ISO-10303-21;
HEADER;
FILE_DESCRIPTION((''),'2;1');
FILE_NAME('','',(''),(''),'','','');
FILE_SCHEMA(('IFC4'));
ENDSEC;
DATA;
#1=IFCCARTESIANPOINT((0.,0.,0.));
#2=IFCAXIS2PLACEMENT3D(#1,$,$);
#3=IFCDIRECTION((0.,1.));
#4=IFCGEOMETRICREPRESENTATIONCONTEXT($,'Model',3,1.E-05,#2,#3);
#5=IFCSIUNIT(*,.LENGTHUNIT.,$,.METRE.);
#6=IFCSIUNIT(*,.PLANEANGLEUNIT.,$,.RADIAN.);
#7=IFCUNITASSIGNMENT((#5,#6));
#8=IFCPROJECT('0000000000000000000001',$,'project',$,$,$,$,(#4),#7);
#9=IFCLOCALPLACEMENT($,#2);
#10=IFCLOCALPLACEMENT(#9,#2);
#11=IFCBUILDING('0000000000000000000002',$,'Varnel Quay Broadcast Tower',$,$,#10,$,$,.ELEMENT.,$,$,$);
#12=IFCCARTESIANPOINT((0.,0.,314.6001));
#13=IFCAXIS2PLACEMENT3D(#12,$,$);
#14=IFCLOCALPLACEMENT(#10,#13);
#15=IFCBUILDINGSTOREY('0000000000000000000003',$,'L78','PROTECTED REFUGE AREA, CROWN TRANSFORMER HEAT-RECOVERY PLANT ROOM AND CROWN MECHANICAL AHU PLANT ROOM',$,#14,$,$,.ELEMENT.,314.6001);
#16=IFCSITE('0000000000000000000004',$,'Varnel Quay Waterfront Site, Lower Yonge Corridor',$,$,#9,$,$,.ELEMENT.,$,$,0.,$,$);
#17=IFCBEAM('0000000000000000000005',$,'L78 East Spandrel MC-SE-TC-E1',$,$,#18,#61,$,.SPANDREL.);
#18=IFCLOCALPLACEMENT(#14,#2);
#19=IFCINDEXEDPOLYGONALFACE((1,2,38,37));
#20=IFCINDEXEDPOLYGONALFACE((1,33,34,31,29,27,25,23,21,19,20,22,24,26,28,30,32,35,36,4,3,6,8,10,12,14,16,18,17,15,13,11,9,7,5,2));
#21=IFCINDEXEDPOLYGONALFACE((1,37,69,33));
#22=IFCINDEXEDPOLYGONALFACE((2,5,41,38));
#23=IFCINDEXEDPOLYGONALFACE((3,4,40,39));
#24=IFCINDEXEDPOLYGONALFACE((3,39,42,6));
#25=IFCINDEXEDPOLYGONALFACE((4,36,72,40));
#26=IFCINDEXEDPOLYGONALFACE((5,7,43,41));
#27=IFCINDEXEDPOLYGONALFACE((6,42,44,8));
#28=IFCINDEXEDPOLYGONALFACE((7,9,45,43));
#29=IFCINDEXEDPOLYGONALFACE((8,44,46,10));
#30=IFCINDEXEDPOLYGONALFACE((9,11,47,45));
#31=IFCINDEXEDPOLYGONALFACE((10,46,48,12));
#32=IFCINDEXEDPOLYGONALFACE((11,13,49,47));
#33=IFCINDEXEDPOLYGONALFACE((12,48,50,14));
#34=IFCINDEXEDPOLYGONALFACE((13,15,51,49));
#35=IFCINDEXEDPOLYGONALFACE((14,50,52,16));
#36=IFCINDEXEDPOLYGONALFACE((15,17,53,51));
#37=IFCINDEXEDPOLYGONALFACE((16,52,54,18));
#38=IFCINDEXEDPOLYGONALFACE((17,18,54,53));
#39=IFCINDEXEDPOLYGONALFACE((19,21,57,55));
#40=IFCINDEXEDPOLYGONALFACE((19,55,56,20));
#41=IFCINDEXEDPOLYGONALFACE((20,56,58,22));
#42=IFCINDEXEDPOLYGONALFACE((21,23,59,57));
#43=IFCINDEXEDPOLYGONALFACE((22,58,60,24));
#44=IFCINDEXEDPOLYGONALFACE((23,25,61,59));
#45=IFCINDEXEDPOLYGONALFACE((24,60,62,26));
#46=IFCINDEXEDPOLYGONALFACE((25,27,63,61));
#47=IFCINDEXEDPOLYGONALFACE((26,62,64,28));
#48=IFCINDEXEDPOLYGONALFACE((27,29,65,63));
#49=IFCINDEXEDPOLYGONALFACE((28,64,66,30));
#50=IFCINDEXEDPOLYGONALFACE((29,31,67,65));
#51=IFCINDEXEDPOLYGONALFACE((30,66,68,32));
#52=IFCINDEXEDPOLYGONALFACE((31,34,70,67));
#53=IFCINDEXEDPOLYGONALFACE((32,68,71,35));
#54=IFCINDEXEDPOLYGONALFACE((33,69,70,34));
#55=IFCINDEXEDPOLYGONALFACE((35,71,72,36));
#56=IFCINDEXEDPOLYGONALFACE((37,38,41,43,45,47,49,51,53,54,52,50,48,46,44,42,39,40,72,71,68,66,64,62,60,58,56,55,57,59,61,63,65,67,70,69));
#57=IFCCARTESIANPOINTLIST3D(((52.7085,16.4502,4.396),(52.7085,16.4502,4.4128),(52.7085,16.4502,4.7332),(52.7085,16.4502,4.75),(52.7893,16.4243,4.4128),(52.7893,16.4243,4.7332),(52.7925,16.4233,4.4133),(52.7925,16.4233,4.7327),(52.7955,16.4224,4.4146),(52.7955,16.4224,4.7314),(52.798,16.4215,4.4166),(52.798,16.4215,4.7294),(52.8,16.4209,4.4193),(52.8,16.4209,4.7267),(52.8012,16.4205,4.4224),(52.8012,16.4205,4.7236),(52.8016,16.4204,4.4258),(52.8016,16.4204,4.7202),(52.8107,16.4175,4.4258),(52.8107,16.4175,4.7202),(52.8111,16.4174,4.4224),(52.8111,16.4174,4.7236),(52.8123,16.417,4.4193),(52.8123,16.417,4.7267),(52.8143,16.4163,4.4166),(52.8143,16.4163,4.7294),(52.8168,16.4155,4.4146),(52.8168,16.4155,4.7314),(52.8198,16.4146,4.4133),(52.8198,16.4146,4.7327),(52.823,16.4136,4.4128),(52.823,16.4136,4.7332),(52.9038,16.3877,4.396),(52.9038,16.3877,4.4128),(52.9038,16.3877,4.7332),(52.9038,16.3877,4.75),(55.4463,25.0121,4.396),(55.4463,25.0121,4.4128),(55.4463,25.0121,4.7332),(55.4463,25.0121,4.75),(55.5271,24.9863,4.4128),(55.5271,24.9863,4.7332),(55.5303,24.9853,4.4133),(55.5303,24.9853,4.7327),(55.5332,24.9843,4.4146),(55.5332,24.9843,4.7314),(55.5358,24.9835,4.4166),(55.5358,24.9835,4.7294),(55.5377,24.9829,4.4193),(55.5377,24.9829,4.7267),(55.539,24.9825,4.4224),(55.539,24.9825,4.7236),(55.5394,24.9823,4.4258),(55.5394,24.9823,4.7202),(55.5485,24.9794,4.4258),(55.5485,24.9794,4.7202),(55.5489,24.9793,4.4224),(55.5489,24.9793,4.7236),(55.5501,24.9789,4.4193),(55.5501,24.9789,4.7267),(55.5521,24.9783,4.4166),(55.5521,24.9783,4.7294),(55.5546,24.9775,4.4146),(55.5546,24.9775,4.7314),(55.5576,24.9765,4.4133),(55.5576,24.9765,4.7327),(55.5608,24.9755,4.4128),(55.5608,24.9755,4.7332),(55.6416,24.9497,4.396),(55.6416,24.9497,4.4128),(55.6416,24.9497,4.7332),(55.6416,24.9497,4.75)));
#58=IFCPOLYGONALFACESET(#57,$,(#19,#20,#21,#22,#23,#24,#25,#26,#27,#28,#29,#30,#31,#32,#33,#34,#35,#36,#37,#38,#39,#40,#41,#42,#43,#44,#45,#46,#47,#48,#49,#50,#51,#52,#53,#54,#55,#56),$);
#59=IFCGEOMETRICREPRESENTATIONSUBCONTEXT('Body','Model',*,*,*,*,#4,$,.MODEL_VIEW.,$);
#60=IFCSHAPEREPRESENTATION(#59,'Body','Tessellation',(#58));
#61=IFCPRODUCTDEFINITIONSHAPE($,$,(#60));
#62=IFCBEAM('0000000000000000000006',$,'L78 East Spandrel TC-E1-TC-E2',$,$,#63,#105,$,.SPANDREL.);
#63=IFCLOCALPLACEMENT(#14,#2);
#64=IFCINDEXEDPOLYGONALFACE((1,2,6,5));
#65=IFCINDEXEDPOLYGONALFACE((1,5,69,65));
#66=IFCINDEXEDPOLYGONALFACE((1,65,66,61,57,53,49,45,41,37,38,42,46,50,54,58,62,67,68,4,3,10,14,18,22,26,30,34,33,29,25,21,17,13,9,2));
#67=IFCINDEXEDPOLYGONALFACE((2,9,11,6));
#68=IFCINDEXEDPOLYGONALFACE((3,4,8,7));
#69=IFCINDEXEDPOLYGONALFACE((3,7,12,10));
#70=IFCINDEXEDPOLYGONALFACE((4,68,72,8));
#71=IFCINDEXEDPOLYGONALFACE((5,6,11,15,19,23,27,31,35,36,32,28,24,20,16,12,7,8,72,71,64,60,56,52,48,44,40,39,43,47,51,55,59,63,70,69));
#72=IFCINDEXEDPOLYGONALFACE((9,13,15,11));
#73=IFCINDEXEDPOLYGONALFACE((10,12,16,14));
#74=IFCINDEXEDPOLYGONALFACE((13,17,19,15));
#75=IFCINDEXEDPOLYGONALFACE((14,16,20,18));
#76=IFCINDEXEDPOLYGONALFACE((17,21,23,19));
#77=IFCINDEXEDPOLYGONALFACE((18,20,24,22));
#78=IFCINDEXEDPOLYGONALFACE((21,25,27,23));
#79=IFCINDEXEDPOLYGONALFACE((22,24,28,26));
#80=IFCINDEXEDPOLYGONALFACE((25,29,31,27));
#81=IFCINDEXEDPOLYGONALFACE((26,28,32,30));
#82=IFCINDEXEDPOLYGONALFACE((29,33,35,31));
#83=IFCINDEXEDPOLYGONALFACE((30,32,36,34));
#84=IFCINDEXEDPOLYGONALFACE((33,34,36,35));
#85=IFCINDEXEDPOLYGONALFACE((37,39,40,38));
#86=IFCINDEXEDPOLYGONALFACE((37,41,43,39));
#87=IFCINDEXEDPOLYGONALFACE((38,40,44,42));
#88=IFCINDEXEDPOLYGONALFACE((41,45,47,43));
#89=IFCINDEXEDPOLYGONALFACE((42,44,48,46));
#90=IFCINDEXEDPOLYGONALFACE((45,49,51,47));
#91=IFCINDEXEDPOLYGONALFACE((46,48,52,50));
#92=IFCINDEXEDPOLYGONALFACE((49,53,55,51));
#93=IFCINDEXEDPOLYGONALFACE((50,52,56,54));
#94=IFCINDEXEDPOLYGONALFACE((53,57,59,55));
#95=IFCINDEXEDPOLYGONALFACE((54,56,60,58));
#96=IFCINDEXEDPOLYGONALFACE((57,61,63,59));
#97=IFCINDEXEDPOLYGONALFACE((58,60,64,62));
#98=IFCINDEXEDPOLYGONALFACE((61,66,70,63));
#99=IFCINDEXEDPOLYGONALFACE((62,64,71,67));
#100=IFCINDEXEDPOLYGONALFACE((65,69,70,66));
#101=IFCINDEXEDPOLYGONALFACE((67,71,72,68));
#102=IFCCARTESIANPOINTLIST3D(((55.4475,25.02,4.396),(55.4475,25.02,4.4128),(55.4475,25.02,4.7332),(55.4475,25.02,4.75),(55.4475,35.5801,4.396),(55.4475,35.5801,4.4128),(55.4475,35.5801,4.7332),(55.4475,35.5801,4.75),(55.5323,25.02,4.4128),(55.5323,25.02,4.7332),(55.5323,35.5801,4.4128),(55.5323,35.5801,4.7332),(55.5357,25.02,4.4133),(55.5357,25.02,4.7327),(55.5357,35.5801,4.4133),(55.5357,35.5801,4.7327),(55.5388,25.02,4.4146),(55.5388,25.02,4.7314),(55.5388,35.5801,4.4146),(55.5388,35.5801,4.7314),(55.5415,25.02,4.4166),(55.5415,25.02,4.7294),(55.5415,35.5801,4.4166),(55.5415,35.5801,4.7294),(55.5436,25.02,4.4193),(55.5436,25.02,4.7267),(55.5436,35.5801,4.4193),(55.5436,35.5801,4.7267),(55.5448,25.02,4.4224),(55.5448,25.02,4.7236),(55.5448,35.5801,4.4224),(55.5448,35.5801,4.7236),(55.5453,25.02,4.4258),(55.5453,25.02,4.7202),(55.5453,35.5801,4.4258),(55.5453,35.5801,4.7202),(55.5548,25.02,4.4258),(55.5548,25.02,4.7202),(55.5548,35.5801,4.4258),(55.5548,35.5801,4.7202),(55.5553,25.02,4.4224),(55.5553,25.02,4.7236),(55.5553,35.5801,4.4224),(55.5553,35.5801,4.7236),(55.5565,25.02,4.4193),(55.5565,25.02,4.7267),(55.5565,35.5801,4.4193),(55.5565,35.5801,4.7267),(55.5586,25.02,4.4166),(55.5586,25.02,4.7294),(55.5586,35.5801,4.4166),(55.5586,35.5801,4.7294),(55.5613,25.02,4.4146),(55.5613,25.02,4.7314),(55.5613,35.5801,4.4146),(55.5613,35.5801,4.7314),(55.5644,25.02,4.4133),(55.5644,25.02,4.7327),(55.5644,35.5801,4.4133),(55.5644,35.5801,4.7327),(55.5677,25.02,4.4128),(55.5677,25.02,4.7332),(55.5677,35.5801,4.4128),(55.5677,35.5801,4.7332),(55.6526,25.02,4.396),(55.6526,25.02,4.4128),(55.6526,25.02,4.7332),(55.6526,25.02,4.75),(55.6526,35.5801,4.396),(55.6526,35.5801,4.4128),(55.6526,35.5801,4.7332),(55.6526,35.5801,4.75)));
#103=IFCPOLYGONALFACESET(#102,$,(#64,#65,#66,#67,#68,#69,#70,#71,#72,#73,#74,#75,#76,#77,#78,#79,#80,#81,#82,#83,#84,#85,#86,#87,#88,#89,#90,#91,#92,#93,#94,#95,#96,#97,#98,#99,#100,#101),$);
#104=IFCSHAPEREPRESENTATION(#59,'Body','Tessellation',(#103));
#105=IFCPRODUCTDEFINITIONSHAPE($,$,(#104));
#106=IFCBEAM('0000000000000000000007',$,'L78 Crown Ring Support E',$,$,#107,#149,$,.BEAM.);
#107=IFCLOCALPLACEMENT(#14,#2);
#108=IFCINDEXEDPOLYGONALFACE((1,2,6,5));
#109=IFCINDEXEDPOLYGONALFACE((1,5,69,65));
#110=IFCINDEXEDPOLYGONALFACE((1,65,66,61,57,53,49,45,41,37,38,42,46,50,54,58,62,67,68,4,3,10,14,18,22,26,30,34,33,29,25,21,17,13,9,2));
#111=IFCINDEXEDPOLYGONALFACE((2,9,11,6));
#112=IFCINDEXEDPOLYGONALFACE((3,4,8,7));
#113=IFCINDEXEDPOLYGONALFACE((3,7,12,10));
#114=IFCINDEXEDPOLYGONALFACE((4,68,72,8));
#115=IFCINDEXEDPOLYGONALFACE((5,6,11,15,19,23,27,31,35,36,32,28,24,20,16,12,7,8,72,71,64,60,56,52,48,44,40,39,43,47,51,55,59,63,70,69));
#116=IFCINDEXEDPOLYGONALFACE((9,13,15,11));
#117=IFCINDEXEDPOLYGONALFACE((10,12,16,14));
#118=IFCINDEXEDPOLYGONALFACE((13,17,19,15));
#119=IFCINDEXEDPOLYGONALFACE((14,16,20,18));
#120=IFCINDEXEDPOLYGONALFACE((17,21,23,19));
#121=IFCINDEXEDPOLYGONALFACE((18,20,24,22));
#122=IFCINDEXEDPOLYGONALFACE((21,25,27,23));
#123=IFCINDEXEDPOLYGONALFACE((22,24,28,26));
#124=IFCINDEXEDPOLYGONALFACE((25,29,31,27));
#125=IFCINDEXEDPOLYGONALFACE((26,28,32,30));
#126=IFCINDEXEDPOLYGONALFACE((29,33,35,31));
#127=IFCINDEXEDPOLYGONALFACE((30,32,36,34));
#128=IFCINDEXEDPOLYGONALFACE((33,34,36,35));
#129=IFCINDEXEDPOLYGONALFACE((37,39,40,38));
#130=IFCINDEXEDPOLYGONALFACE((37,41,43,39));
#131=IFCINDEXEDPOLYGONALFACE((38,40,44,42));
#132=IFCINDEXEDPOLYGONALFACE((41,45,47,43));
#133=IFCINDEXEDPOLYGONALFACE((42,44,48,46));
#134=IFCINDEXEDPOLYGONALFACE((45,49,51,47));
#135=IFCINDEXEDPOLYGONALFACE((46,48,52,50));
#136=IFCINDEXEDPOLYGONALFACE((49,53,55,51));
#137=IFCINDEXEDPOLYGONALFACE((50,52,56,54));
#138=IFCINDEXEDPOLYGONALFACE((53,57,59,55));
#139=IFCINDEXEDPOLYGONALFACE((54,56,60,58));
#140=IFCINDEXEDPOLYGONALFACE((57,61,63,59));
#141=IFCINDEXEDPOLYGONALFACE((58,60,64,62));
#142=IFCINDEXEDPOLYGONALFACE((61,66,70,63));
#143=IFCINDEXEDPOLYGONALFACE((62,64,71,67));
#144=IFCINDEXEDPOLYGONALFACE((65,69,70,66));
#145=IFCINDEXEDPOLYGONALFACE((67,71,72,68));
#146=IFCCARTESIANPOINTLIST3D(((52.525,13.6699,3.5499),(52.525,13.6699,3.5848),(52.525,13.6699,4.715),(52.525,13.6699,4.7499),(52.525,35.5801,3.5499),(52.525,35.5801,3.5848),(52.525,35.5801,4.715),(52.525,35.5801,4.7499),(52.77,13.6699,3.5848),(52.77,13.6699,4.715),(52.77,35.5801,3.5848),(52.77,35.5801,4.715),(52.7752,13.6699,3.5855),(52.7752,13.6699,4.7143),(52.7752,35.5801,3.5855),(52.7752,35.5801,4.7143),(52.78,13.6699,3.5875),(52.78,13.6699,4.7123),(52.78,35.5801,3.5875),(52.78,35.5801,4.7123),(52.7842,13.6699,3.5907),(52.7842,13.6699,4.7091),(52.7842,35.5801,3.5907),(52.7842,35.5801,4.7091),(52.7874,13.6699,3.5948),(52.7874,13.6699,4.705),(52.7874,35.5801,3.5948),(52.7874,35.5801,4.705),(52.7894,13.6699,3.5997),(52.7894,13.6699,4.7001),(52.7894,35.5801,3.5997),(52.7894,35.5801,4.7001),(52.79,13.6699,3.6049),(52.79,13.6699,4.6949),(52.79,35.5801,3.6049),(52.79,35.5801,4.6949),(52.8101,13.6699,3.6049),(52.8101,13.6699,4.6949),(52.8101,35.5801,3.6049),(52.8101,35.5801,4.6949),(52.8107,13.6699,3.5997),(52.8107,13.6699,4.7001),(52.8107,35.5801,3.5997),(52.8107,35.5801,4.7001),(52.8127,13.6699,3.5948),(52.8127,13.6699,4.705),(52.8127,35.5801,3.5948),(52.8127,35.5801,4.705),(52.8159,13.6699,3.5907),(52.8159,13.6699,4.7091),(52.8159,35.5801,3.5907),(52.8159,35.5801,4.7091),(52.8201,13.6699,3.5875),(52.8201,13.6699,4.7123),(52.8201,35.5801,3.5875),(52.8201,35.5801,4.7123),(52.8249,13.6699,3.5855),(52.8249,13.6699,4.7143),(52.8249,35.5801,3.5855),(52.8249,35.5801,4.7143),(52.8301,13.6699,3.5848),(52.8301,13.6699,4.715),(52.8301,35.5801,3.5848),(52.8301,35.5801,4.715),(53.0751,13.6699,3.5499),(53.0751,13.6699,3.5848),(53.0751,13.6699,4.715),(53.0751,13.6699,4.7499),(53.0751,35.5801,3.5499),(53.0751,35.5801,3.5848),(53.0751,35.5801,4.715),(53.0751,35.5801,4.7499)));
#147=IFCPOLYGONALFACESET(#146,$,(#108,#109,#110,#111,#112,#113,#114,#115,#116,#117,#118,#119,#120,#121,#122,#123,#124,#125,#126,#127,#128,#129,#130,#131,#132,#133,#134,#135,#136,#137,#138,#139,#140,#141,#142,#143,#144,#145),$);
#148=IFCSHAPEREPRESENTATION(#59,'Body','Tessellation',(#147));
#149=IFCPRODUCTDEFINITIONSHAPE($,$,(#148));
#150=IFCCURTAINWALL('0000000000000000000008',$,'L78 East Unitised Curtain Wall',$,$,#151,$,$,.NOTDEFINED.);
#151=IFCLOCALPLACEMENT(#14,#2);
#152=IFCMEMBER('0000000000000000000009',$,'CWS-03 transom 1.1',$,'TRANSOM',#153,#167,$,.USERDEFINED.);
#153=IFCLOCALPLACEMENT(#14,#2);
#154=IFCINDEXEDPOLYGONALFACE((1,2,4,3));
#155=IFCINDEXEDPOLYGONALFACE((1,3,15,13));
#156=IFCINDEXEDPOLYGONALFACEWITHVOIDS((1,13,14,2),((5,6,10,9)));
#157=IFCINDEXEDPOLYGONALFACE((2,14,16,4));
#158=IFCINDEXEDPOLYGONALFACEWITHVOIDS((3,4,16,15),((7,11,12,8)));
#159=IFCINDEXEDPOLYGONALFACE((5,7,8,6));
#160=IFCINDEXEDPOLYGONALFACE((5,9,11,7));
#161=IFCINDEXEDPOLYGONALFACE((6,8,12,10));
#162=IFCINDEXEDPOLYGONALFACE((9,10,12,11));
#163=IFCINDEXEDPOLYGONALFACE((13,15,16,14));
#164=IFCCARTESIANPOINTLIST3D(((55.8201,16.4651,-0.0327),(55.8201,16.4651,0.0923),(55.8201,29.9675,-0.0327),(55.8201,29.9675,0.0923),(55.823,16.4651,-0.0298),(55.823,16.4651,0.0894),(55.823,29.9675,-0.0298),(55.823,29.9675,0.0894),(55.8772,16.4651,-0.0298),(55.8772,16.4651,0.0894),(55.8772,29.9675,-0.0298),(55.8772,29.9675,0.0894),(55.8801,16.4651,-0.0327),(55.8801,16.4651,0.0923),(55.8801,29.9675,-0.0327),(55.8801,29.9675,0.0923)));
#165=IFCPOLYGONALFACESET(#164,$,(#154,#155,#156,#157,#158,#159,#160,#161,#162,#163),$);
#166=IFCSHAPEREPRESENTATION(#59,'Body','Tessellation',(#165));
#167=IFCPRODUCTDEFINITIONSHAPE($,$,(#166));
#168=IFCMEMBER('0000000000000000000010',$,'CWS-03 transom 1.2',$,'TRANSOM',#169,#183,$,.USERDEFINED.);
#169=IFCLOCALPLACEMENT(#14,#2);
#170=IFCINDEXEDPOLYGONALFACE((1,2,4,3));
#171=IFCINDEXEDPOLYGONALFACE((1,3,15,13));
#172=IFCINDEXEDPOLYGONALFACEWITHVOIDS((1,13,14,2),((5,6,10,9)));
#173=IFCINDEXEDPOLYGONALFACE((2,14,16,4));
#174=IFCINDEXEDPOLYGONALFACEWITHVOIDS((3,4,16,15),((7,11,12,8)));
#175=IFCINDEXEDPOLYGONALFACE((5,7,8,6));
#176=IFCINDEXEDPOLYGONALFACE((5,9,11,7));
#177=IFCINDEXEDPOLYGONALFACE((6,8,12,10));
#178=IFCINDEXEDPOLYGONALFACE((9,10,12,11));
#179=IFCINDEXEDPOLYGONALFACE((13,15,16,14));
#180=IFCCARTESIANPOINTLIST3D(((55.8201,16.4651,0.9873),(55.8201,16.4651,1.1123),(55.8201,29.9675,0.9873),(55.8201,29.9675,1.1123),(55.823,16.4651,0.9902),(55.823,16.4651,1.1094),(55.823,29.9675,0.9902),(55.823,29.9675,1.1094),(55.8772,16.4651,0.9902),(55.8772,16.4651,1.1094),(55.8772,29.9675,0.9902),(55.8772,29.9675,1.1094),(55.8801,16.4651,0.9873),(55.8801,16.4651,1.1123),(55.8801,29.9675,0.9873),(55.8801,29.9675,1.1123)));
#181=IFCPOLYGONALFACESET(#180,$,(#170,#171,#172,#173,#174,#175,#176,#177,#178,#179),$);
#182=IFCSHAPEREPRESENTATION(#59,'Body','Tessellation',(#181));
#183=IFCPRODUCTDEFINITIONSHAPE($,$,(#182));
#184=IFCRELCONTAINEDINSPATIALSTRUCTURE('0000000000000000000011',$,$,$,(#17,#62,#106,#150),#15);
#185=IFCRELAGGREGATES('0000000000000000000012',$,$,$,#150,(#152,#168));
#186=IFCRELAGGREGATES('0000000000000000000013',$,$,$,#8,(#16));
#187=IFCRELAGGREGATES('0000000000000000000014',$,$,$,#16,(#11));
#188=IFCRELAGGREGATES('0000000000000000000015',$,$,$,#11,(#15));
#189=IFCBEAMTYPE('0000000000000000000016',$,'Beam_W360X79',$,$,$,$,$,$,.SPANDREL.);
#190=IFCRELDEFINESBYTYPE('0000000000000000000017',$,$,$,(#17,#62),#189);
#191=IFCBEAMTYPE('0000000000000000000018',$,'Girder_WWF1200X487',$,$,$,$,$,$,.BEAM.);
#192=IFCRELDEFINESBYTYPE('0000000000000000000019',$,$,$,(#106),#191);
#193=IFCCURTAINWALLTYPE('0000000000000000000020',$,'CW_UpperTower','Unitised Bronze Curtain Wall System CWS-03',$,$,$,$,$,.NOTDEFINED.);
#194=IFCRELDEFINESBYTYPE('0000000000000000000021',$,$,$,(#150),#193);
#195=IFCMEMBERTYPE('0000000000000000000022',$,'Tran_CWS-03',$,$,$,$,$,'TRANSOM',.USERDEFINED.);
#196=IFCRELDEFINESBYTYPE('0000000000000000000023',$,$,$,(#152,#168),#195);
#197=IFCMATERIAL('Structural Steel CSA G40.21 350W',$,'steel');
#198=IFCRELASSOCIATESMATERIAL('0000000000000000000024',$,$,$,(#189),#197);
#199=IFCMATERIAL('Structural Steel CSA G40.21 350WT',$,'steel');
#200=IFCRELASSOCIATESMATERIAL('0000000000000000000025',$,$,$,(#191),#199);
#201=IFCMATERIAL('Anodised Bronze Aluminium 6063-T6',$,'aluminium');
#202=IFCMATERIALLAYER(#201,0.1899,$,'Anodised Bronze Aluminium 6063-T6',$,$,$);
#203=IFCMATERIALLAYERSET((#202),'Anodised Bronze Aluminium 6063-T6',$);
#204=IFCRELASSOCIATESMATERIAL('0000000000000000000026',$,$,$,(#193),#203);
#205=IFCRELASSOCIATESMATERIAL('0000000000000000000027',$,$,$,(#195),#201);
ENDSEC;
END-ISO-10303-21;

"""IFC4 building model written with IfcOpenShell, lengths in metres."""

from ifc_helpers import new_model, si_unit, direction, frame, origin, origin_2d, place, context, subcontext, project, spatial, hollow_rectangle, i_section, extrude, source, transform, mapped, material, layer, layer_set, material_profile, profile_set, type_object, type_shapes, element, aggregate, save


model = new_model("IFC4")

# Units and contexts
model_context = context("Model", 3, precision=1e-05, world=origin(), true_north=direction((0.0, 1.0)))
body_context = subcontext(model_context, "Body", "Model", "MODEL_VIEW")
ifc_project = project(units=[si_unit("LENGTHUNIT", "METRE"), si_unit("PLANEANGLEUNIT", "RADIAN")], contexts=[model_context])

# Site, building, storey
site_placement = place(None, origin())
site = spatial("IfcSite", under=ifc_project, at=site_placement, Name="Varnel Quay Waterfront Site, Lower Yonge Corridor", CompositionType="ELEMENT", RefElevation=0.0)
building_placement = place(site_placement, origin())
building = spatial("IfcBuilding", under=site, at=building_placement, Name="Varnel Quay Broadcast Tower", CompositionType="ELEMENT")
storey_placement = place(building_placement, frame((0.0, 0.0, 314.6001)))
storey = spatial("IfcBuildingStorey", under=building, at=storey_placement, Name="L78", Description="PROTECTED REFUGE AREA, CROWN TRANSFORMER HEAT-RECOVERY PLANT ROOM AND CROWN MECHANICAL AHU PLANT ROOM", CompositionType="ELEMENT", Elevation=314.6001)

# Shared definitions
ifc_material_1 = material(Name="Structural Steel CSA G40.21 350WT", Category="steel")
ifc_material_2 = material(Name="Structural Steel CSA G40.21 350W", Category="steel")

# Beams
ifc_material_profile_1 = material_profile(ifc_material_2, i_section(OverallWidth=0.2051, OverallDepth=0.354, WebThickness=0.0095, FlangeThickness=0.0168, FilletRadius=0.0129, at=origin_2d()), Name="W360X79")
ifc_profile_set_1 = profile_set([ifc_material_profile_1], Name="Structural Steel CSA G40.21 350W")
beam_type_1 = type_object("IfcBeamType", Name="Beam_W360X79", PredefinedType="SPANDREL", material=ifc_profile_set_1)
shared_shape_1 = source(origin(), body_context, "Body", "SweptSolid", [
    extrude(i_section(OverallWidth=0.2051, OverallDepth=0.354, WebThickness=0.0095, FlangeThickness=0.0168, FilletRadius=0.0129, at=origin_2d()), origin(), (0.0, 0.0, 1.0), 8.989),
])
beam_1_placement = place(storey_placement, frame((52.8062, 16.4189, 4.573), z_axis=(0.304569, 0.95249, 0.0), x_axis=(-0.95249, 0.304569, 0.0)))
element("IfcBeam", 1, at=beam_1_placement, inside=storey, type_object=beam_type_1, Name="L78 East Spandrel MC-SE-TC-E1", PredefinedType="SPANDREL", context=body_context, shape_type="MappedRepresentation", body=[
    mapped(shared_shape_1, transform((0.0, 0.0, 0.0), x_axis=(1.0, 0.0, 0.0), y_axis=(0.0, 1.0, 0.0), z_axis=(0.0, 0.0, 1.0), scale=1.0)),
])
shared_shape_2 = source(origin(), body_context, "Body", "SweptSolid", [
    extrude(i_section(OverallWidth=0.2051, OverallDepth=0.354, WebThickness=0.0095, FlangeThickness=0.0168, FilletRadius=0.0129, at=origin_2d()), origin(), (0.0, 0.0, 1.0), 10.5601),
])
beam_2_placement = place(storey_placement, frame((55.55, 25.02, 4.573), z_axis=(0.0, 1.0, 0.0), x_axis=(-1.0, 0.0, 0.0)))
element("IfcBeam", 2, at=beam_2_placement, inside=storey, type_object=beam_type_1, Name="L78 East Spandrel TC-E1-TC-E2", PredefinedType="SPANDREL", context=body_context, shape_type="MappedRepresentation", body=[
    mapped(shared_shape_2, transform((0.0, 0.0, 0.0), x_axis=(1.0, 0.0, 0.0), y_axis=(0.0, 1.0, 0.0), z_axis=(0.0, 0.0, 1.0), scale=1.0)),
])
ifc_material_profile_2 = material_profile(ifc_material_1, i_section(OverallWidth=0.55, OverallDepth=1.2, WebThickness=0.02, FlangeThickness=0.0349, FilletRadius=0.02, at=origin_2d()), Name="WWF1200X487")
ifc_profile_set_2 = profile_set([ifc_material_profile_2], Name="Structural Steel CSA G40.21 350WT")
beam_type_2 = type_object("IfcBeamType", Name="Girder_WWF1200X487", PredefinedType="BEAM", material=ifc_profile_set_2)
shared_shape_3 = source(origin(), body_context, "Body", "SweptSolid", [
    extrude(i_section(OverallWidth=0.55, OverallDepth=1.2, WebThickness=0.02, FlangeThickness=0.0349, FilletRadius=0.02, at=origin_2d()), origin(), (0.0, 0.0, 1.0), 21.9102),
])
type_shapes(beam_type_2, [shared_shape_3])
beam_3_placement = place(storey_placement, frame((52.8, 13.6699, 4.1499), z_axis=(0.0, 1.0, 0.0), x_axis=(-1.0, 0.0, 0.0)))
element("IfcBeam", 3, at=beam_3_placement, inside=storey, type_object=beam_type_2, Name="L78 Crown Ring Support E", PredefinedType="BEAM", context=body_context, shape_type="MappedRepresentation", body=[
    mapped(shared_shape_3, transform((0.0, 0.0, 0.0), x_axis=(1.0, 0.0, 0.0), y_axis=(0.0, 1.0, 0.0), z_axis=(0.0, 0.0, 1.0), scale=1.0)),
])

# Curtain wall, members
ifc_material_3 = material(Name="Anodised Bronze Aluminium 6063-T6", Category="aluminium")
ifc_layer_1 = layer(ifc_material_3, 0.1899, Name="Anodised Bronze Aluminium 6063-T6")
ifc_layer_set_1 = layer_set([ifc_layer_1], Name="Anodised Bronze Aluminium 6063-T6")
curtain_wall_type_1 = type_object("IfcCurtainWallType", Name="CW_UpperTower", Description="Unitised Bronze Curtain Wall System CWS-03", PredefinedType="NOTDEFINED", material=ifc_layer_set_1)
curtain_wall_1_placement = place(storey_placement, origin())
curtain_wall_1 = element("IfcCurtainWall", 4, at=curtain_wall_1_placement, inside=storey, type_object=curtain_wall_type_1, Name="L78 East Unitised Curtain Wall", PredefinedType="NOTDEFINED")
ifc_material_profile_3 = material_profile(ifc_material_3, hollow_rectangle(XDim=0.0601, YDim=0.125, WallThickness=0.0029, at=origin_2d()), Name="ALU60X125X3")
ifc_profile_set_3 = profile_set([ifc_material_profile_3], Name="Anodised Bronze Aluminium 6063-T6")
member_type_1 = type_object("IfcMemberType", Name="Tran_CWS-03", ElementType="TRANSOM", PredefinedType="USERDEFINED", material=ifc_profile_set_3)
shared_shape_4 = source(origin(), body_context, "Body", "SweptSolid", [
    extrude(hollow_rectangle(XDim=0.0601, YDim=0.125, WallThickness=0.0029, at=origin_2d()), origin(), (0.0, 0.0, 1.0), 13.5024),
])
type_shapes(member_type_1, [shared_shape_4])
member_1_placement = place(storey_placement, frame((55.8501, 16.4651, 0.0298), z_axis=(0.0, 1.0, 0.0), x_axis=(-1.0, 0.0, 0.0)))
member_1 = element("IfcMember", 5, at=member_1_placement, type_object=member_type_1, Name="CWS-03 transom 1.1", ObjectType="TRANSOM", PredefinedType="USERDEFINED", context=body_context, shape_type="MappedRepresentation", body=[
    mapped(shared_shape_4, transform((0.0, 0.0, 0.0), x_axis=(1.0, 0.0, 0.0), y_axis=(0.0, 1.0, 0.0), z_axis=(0.0, 0.0, 1.0), scale=1.0)),
])
member_2_placement = place(storey_placement, frame((55.8501, 16.4651, 1.0498), z_axis=(0.0, 1.0, 0.0), x_axis=(-1.0, 0.0, 0.0)))
member_2 = element("IfcMember", 6, at=member_2_placement, type_object=member_type_1, Name="CWS-03 transom 1.2", ObjectType="TRANSOM", PredefinedType="USERDEFINED", context=body_context, shape_type="MappedRepresentation", body=[
    mapped(shared_shape_4, transform((0.0, 0.0, 0.0), x_axis=(1.0, 0.0, 0.0), y_axis=(0.0, 1.0, 0.0), z_axis=(0.0, 0.0, 1.0), scale=1.0)),
])

aggregate(curtain_wall_1, [member_1, member_2])

save(model, "model.ifc")
